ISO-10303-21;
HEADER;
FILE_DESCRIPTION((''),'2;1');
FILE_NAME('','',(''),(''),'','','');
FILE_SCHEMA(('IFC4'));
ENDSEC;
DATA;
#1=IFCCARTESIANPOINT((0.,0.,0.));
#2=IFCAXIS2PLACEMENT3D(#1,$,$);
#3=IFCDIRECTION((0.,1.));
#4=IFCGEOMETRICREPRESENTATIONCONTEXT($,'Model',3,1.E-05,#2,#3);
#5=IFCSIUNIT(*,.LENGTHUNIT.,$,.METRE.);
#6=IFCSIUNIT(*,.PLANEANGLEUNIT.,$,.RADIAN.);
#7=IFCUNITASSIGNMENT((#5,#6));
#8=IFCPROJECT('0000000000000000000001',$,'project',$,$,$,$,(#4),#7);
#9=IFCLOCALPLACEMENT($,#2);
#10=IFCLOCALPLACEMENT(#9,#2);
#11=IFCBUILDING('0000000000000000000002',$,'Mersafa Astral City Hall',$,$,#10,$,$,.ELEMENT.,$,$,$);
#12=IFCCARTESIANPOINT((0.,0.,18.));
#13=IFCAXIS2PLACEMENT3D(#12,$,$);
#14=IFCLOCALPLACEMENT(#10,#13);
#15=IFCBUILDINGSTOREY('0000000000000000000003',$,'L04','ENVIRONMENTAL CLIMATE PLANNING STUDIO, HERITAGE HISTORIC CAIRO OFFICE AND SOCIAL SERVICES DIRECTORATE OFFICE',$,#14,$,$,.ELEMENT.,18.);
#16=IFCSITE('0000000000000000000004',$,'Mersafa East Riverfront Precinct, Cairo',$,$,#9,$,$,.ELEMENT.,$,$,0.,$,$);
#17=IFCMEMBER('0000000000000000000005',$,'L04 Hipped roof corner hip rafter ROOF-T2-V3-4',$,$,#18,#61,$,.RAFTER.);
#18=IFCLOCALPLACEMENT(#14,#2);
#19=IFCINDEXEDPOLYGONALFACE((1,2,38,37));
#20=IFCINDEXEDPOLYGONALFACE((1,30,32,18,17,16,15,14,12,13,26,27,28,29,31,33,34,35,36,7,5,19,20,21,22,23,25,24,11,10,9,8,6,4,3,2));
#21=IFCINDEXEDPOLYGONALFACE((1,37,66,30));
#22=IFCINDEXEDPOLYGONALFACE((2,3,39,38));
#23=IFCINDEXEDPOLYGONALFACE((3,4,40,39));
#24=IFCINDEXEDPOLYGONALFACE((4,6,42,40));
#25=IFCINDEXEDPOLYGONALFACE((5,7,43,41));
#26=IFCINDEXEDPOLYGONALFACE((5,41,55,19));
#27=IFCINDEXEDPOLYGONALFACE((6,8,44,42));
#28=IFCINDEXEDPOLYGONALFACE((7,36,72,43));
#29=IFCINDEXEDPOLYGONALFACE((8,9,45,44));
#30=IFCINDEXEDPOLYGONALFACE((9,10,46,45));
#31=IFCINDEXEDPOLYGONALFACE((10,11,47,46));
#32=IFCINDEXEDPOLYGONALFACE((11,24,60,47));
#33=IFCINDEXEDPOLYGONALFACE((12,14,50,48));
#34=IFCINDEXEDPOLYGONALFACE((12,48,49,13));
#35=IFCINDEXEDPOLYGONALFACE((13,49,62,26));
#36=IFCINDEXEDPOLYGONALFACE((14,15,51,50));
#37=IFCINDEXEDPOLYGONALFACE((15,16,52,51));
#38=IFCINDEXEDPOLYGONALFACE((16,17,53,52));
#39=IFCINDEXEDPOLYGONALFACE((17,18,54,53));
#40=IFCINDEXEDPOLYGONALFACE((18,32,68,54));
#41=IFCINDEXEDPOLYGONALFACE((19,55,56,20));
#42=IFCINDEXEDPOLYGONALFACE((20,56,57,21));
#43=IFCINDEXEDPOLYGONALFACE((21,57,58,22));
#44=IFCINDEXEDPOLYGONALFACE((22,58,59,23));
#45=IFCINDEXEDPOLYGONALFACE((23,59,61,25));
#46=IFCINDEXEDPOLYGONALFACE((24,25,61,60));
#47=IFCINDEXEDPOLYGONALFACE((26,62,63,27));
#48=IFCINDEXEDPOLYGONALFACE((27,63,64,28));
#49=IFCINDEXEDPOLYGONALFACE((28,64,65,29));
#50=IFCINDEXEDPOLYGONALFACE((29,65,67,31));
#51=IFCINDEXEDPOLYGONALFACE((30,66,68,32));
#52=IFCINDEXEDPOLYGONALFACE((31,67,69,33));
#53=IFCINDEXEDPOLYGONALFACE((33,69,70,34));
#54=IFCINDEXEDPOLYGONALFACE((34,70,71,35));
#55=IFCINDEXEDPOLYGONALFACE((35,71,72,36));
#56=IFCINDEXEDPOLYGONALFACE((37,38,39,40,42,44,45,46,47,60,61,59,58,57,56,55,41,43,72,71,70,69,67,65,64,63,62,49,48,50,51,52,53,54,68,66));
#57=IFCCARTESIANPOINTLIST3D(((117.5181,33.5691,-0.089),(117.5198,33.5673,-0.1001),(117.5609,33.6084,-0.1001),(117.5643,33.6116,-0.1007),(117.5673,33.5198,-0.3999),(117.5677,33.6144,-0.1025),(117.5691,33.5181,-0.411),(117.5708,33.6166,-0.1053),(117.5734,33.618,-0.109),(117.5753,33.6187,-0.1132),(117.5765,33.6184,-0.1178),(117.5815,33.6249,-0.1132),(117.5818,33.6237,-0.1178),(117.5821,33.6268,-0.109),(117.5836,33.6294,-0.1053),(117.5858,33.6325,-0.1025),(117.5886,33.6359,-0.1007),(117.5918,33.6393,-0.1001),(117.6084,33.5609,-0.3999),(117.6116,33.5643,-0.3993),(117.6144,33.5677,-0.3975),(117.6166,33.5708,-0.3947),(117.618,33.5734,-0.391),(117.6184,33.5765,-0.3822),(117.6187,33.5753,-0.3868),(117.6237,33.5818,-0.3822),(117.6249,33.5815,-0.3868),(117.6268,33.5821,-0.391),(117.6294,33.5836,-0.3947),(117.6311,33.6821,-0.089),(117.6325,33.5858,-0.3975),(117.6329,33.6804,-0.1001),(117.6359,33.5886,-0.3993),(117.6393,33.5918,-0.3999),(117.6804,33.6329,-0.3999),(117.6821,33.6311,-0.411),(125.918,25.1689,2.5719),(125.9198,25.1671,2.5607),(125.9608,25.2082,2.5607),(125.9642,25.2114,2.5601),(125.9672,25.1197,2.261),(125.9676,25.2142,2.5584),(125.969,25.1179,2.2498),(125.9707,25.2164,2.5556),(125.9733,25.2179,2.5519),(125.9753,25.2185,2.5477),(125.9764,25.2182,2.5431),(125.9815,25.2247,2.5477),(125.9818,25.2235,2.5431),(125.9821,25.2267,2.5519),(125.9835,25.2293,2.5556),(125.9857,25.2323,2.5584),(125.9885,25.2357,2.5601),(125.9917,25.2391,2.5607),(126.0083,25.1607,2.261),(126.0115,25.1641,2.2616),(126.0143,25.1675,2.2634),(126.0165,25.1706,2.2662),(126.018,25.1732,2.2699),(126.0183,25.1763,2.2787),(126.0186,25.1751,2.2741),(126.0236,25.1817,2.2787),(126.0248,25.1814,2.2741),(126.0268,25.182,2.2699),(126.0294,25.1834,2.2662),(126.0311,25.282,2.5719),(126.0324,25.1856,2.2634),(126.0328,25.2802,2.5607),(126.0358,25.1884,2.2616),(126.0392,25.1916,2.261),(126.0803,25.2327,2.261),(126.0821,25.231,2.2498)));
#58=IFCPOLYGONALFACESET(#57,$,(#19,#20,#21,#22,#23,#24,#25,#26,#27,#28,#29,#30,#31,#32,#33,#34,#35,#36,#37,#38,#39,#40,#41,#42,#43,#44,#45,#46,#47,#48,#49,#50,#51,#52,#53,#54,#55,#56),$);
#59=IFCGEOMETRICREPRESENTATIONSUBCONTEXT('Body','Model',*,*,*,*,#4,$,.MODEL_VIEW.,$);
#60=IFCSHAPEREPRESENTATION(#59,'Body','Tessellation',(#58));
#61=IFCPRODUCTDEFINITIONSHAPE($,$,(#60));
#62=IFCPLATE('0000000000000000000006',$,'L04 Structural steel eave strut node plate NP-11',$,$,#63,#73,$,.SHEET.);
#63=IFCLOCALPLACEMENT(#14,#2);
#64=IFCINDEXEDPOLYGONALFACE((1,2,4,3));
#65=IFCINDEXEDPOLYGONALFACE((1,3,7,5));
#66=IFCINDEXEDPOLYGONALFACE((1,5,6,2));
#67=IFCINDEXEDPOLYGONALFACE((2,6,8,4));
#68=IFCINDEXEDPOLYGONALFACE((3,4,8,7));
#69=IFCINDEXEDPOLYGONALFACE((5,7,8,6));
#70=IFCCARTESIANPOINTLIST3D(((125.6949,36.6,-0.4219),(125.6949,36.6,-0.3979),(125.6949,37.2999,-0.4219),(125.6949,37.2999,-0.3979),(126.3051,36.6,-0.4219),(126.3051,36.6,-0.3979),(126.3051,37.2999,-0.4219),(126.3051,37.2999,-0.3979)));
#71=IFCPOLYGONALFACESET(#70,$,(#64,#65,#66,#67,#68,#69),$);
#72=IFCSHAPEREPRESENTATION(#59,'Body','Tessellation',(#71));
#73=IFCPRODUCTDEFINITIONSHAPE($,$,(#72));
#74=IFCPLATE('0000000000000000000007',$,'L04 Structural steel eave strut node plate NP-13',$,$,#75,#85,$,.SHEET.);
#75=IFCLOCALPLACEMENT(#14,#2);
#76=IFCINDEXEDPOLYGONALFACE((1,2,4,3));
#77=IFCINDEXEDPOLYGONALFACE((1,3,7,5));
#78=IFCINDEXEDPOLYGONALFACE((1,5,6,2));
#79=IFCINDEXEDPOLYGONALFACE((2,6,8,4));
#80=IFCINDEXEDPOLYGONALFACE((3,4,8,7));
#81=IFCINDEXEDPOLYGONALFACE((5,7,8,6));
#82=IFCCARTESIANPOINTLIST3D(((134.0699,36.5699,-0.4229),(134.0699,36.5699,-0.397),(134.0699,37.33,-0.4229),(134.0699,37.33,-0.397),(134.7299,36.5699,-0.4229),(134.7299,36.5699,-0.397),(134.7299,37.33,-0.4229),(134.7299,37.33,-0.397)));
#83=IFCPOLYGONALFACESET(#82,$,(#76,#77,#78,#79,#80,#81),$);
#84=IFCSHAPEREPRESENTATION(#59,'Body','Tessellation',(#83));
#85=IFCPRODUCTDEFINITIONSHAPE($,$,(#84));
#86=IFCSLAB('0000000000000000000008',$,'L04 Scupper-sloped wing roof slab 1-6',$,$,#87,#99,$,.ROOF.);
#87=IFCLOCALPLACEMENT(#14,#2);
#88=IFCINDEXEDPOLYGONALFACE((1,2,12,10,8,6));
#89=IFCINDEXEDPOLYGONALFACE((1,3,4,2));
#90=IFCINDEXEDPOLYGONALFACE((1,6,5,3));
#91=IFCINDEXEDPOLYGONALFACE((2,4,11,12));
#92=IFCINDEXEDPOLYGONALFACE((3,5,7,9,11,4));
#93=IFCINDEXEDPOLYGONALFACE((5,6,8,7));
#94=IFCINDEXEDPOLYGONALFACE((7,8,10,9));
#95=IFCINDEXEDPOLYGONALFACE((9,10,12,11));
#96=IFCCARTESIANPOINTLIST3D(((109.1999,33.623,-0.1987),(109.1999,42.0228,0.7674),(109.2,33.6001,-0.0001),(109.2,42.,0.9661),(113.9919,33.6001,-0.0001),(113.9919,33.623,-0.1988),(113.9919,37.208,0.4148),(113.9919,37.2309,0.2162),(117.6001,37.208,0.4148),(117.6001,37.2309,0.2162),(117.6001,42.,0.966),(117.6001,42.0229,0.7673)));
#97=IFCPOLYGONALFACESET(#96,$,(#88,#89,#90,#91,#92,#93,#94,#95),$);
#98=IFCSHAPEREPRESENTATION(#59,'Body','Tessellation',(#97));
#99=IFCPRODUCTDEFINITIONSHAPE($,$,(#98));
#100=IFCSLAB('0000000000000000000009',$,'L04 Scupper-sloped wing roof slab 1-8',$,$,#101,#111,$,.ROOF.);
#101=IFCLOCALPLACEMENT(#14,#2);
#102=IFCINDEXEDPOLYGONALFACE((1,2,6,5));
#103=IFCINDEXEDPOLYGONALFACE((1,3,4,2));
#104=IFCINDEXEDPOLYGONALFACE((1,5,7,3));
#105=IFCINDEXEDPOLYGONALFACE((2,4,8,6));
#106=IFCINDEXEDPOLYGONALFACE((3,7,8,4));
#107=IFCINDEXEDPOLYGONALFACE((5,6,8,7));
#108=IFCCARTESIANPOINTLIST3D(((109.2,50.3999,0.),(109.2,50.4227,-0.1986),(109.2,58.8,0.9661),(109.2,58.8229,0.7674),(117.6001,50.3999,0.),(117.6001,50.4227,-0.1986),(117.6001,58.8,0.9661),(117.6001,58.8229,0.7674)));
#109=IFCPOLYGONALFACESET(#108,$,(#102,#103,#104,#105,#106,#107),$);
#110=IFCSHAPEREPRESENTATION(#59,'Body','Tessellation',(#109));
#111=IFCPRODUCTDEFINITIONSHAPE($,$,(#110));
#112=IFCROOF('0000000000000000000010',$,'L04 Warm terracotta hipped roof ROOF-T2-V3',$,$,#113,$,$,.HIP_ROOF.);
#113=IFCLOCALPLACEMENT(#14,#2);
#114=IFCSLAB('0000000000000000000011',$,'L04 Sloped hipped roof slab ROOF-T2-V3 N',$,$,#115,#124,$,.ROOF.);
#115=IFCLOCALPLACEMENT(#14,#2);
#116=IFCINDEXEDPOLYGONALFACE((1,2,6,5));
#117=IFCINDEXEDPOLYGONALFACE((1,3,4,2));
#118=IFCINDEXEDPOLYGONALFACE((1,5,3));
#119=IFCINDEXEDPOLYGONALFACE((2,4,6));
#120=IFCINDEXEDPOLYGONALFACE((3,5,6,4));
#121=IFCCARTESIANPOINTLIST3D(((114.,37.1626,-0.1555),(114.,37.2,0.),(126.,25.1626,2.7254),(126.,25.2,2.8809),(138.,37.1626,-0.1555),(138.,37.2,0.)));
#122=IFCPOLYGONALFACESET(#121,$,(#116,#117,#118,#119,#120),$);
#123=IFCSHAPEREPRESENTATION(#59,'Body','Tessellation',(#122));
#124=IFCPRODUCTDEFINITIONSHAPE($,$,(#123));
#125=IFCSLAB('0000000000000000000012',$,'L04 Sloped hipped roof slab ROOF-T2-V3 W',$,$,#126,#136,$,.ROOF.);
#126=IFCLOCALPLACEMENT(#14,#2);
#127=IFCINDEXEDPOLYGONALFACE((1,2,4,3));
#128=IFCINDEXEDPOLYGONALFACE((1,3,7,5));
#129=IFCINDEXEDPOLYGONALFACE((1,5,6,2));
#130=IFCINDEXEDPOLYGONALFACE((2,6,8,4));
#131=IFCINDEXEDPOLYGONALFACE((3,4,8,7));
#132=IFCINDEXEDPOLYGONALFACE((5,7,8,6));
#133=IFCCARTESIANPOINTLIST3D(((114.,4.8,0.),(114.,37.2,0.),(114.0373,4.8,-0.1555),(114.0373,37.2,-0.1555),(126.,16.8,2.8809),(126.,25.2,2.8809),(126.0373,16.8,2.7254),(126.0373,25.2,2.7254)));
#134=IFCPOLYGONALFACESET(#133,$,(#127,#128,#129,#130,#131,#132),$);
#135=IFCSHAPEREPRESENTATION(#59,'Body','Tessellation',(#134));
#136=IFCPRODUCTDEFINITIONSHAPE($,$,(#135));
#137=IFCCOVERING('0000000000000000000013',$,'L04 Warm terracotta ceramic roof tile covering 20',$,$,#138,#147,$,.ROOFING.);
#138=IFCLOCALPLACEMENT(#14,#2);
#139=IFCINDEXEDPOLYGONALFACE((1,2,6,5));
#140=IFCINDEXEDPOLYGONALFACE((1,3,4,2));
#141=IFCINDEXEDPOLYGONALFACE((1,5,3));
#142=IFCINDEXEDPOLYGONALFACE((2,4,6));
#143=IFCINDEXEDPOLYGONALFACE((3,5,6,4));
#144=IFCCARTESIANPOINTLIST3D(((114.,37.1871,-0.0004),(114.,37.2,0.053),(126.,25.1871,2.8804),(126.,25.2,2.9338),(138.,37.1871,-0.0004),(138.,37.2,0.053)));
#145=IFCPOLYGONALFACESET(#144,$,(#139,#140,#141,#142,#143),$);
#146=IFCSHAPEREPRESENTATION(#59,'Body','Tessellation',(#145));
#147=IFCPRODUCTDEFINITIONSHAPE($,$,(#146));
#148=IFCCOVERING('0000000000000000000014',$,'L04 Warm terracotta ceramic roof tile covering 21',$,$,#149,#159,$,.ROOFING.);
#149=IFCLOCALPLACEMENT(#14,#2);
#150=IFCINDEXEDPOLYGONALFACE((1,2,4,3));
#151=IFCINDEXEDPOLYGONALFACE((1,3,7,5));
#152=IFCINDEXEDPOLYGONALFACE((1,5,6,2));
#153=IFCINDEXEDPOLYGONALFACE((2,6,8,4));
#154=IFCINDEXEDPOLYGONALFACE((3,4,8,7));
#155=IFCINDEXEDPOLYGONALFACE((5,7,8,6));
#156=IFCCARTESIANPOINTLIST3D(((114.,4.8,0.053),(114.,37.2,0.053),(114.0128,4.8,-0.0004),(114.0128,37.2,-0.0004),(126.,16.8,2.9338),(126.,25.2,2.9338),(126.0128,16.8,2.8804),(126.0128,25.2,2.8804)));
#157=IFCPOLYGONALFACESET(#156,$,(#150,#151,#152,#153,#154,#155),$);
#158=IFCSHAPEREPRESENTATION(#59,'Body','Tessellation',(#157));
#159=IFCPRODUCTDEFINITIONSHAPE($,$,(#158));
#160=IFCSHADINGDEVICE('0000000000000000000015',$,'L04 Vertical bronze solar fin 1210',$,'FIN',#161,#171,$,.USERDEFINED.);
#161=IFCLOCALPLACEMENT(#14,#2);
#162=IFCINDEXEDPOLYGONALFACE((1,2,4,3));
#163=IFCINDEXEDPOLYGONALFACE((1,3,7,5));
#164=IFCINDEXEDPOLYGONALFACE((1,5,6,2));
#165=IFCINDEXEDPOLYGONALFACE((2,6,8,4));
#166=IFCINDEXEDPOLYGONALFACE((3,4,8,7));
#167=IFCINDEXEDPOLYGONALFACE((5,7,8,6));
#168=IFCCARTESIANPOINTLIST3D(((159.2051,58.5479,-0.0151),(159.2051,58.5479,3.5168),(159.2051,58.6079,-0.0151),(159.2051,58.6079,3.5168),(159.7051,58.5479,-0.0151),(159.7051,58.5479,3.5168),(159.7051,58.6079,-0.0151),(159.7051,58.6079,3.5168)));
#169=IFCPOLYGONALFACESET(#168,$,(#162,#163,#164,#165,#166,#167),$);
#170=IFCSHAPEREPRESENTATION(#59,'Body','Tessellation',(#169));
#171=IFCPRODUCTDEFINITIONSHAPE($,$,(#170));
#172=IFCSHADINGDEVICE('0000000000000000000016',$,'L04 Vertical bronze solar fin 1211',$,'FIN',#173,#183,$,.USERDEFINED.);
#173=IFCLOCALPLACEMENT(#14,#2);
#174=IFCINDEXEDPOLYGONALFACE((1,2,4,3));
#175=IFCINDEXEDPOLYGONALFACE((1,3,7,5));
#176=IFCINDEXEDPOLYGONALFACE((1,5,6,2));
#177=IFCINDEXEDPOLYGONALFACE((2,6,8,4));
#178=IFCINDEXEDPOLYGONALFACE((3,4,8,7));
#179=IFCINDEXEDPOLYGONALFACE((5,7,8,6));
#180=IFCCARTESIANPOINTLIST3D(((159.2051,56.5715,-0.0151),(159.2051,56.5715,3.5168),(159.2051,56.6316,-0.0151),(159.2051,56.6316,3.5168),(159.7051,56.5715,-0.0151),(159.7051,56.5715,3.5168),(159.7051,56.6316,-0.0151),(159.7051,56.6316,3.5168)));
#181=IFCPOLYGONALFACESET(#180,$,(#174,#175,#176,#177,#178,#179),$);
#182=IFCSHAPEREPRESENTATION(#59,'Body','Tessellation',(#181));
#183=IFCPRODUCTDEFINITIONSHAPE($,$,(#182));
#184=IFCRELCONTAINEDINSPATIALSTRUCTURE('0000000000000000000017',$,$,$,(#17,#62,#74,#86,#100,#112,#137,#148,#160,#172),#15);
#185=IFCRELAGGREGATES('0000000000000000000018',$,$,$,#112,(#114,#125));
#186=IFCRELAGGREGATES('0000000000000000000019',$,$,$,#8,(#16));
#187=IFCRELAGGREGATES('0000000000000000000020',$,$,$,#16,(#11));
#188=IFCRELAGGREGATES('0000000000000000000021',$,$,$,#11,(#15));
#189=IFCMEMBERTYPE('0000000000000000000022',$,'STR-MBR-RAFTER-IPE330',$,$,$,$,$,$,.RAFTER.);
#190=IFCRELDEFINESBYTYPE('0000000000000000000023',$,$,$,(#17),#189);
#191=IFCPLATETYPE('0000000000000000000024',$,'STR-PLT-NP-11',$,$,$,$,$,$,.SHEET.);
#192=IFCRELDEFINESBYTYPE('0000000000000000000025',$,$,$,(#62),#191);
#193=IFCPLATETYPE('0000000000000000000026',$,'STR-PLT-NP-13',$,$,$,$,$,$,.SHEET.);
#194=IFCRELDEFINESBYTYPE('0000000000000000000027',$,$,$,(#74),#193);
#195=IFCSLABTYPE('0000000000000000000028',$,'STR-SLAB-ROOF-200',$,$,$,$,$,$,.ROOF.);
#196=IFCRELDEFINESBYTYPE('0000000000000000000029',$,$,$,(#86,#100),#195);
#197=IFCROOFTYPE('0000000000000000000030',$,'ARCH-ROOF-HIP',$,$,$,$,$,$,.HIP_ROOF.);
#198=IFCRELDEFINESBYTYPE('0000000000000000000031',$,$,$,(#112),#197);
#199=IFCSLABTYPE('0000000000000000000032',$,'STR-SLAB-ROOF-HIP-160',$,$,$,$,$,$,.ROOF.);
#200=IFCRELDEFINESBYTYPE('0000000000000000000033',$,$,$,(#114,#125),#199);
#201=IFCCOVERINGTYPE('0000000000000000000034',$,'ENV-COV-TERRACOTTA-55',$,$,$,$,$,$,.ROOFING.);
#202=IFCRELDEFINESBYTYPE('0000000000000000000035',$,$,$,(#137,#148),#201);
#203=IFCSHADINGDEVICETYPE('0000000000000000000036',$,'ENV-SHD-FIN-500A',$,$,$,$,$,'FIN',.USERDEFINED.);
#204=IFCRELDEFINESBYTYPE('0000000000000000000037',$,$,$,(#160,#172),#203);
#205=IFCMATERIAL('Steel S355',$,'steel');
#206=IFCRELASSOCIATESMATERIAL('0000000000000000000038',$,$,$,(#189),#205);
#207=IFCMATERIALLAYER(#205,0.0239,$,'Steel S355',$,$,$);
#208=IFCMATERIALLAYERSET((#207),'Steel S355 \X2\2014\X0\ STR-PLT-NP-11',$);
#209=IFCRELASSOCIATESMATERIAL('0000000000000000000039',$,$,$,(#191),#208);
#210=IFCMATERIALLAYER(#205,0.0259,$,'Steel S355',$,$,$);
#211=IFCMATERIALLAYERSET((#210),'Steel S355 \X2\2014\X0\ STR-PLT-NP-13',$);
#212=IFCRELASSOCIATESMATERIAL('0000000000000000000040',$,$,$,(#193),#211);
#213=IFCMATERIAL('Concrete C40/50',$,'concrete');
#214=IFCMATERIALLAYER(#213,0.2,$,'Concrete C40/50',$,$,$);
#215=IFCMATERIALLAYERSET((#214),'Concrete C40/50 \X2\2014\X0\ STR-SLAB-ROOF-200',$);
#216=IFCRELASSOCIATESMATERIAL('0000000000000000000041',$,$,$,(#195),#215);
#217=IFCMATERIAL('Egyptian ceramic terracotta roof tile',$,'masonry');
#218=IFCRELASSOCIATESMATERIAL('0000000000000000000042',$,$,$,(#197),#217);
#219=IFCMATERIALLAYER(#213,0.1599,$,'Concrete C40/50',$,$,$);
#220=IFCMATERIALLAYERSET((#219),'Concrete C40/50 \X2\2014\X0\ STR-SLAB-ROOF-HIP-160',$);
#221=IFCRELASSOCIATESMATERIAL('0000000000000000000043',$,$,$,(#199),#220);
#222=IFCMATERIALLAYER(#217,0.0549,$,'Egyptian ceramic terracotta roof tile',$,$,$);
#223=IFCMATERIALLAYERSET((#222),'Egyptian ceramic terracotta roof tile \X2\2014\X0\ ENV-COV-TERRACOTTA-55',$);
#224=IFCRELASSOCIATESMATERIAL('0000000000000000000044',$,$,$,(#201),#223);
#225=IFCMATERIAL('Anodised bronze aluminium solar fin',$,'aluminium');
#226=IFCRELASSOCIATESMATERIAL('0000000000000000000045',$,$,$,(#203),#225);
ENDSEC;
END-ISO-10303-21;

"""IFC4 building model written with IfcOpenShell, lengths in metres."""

from ifc_helpers import new_model, si_unit, direction, frame, origin, origin_2d, place, context, subcontext, project, spatial, polyline, rectangle, i_section, outline, extrude, material, layer, layer_set, material_profile, profile_set, type_object, element, aggregate, save


model = new_model("IFC4")

# Units and contexts
model_context = context("Model", 3, precision=1e-05, world=origin(), true_north=direction((0.0, 1.0)))
body_context = subcontext(model_context, "Body", "Model", "MODEL_VIEW")
ifc_project = project(units=[si_unit("LENGTHUNIT", "METRE"), si_unit("PLANEANGLEUNIT", "RADIAN")], contexts=[model_context])

# Site, building, storey
site_placement = place(None, origin())
site = spatial("IfcSite", under=ifc_project, at=site_placement, Name="Mersafa East Riverfront Precinct, Cairo", CompositionType="ELEMENT", RefElevation=0.0)
building_placement = place(site_placement, origin())
building = spatial("IfcBuilding", under=site, at=building_placement, Name="Mersafa Astral City Hall", CompositionType="ELEMENT")
storey_placement = place(building_placement, frame((0.0, 0.0, 18.0)))
storey = spatial("IfcBuildingStorey", under=building, at=storey_placement, Name="L04", Description="ENVIRONMENTAL CLIMATE PLANNING STUDIO, HERITAGE HISTORIC CAIRO OFFICE AND SOCIAL SERVICES DIRECTORATE OFFICE", CompositionType="ELEMENT", Elevation=18.0)

# Shared definitions
ifc_material_1 = material(Name="Steel S355", Category="steel")

# Member
ifc_material_profile_1 = material_profile(ifc_material_1, i_section(OverallWidth=0.1599, OverallDepth=0.3301, WebThickness=0.0076, FlangeThickness=0.0115, FilletRadius=0.0181, at=origin_2d()), Name="IPE 330")
ifc_profile_set_1 = profile_set([ifc_material_profile_1], Name="Steel S355")
member_type = type_object("IfcMemberType", Name="STR-MBR-RAFTER-IPE330", PredefinedType="RAFTER", material=ifc_profile_set_1)
for number, where, z_axis, x_axis, name in (
    (1, (117.6001, 33.6001, -0.25), (0.689999, -0.690019, 0.218575), (0.707117, 0.707097, 0.0), "L04 Hipped roof corner hip rafter ROOF-T2-V3-4"),
):
    element("IfcMember", number, at=place(storey_placement, frame(where, z_axis=z_axis, x_axis=x_axis)), inside=storey, type_object=member_type, Name=name, PredefinedType="RAFTER", context=body_context, shape_type="SweptSolid", body=[
        extrude(i_section(OverallWidth=0.1599, OverallDepth=0.3301, WebThickness=0.0076, FlangeThickness=0.0115, FilletRadius=0.0181, at=origin_2d()), origin(), (0.0, 0.0, 1.0), 12.1738),
    ])

# Plates
ifc_layer_1 = layer(ifc_material_1, 0.0239, Name="Steel S355")
ifc_layer_set_1 = layer_set([ifc_layer_1], Name="Steel S355 — STR-PLT-NP-11")
plate_type_1 = type_object("IfcPlateType", Name="STR-PLT-NP-11", PredefinedType="SHEET", material=ifc_layer_set_1)
plate_1_placement = place(storey_placement, frame((126.0, 36.95, -0.4219), z_axis=(0.0, 0.0, 1.0), x_axis=(1.0, 0.0, 0.0)))
element("IfcPlate", 2, at=plate_1_placement, inside=storey, type_object=plate_type_1, Name="L04 Structural steel eave strut node plate NP-11", PredefinedType="SHEET", context=body_context, shape_type="SweptSolid", body=[
    extrude(rectangle(XDim=0.6101, YDim=0.7, at=origin_2d()), origin(), (0.0, 0.0, 1.0), 0.0239),
])
ifc_layer_2 = layer(ifc_material_1, 0.0259, Name="Steel S355")
ifc_layer_set_2 = layer_set([ifc_layer_2], Name="Steel S355 — STR-PLT-NP-13")
plate_type_2 = type_object("IfcPlateType", Name="STR-PLT-NP-13", PredefinedType="SHEET", material=ifc_layer_set_2)
plate_2_placement = place(storey_placement, frame((134.3999, 36.95, -0.4229), z_axis=(0.0, 0.0, 1.0), x_axis=(1.0, 0.0, 0.0)))
element("IfcPlate", 3, at=plate_2_placement, inside=storey, type_object=plate_type_2, Name="L04 Structural steel eave strut node plate NP-13", PredefinedType="SHEET", context=body_context, shape_type="SweptSolid", body=[
    extrude(rectangle(XDim=0.6599, YDim=0.76, at=origin_2d()), origin(), (0.0, 0.0, 1.0), 0.0259),
])

# Slabs
ifc_material_2 = material(Name="Concrete C40/50", Category="concrete")
ifc_layer_3 = layer(ifc_material_2, 0.2, Name="Concrete C40/50")
ifc_layer_set_3 = layer_set([ifc_layer_3], Name="Concrete C40/50 — STR-SLAB-ROOF-200")
slab_type_1 = type_object("IfcSlabType", Name="STR-SLAB-ROOF-200", PredefinedType="ROOF", material=ifc_layer_set_3)
slab_1_placement = place(storey_placement, frame((117.6001, 37.208, 0.4148), z_axis=(0.000011, -0.114265, 0.99345), x_axis=(0.0, 0.99345, 0.114265)))
element("IfcSlab", 4, at=slab_1_placement, inside=storey, type_object=slab_type_1, Name="L04 Scupper-sloped wing roof slab 1-6", PredefinedType="ROOF", context=body_context, shape_type="SweptSolid", body=[
    extrude(outline(polyline([(0.0, 0.0), (4.8236, 0.0), (4.8236, 8.4001), (-3.6317, 8.4001), (-3.6317, 3.6082), (0.0, 3.6082), (0.0, 0.0)])), origin(), (0.0, 0.0, -1.0), 0.2),
])
slab_2_placement = place(storey_placement, frame((117.6001, 50.3999, 0.0), z_axis=(0.0, -0.114253, 0.993452), x_axis=(0.0, 0.993452, 0.114253)))
element("IfcSlab", 5, at=slab_2_placement, inside=storey, type_object=slab_type_1, Name="L04 Scupper-sloped wing roof slab 1-8", PredefinedType="ROOF", context=body_context, shape_type="SweptSolid", body=[
    extrude(outline(polyline([(0.0, 0.0), (8.4555, 0.0), (8.4555, 8.4001), (0.0, 8.4001), (0.0, 0.0)])), origin(), (0.0, 0.0, -1.0), 0.2),
])

# Roof, slabs
ifc_material_3 = material(Name="Egyptian ceramic terracotta roof tile", Category="masonry")
roof_type = type_object("IfcRoofType", Name="ARCH-ROOF-HIP", PredefinedType="HIP_ROOF", material=ifc_material_3)
roof_placement = place(storey_placement, origin())
roof = element("IfcRoof", 6, at=roof_placement, inside=storey, type_object=roof_type, Name="L04 Warm terracotta hipped roof ROOF-T2-V3", PredefinedType="HIP_ROOF")
ifc_layer_4 = layer(ifc_material_2, 0.1599, Name="Concrete C40/50")
ifc_layer_set_4 = layer_set([ifc_layer_4], Name="Concrete C40/50 — STR-SLAB-ROOF-HIP-160")
slab_type_2 = type_object("IfcSlabType", Name="STR-SLAB-ROOF-HIP-160", PredefinedType="ROOF", material=ifc_layer_set_4)
slab_3_placement = place(storey_placement, frame((138.0, 37.2, 0.0), z_axis=(0.0, 0.233439, 0.972371), x_axis=(-1.0, 0.0, 0.0)))
slab_3 = element("IfcSlab", 7, at=slab_3_placement, type_object=slab_type_2, Name="L04 Sloped hipped roof slab ROOF-T2-V3 N", PredefinedType="ROOF", context=body_context, shape_type="SweptSolid", body=[
    extrude(outline(polyline([(0.0, 0.0), (24.0, 0.0), (12.0, 12.341), (0.0, 0.0)])), origin(), (0.0, 0.0, -1.0), 0.1599),
])
slab_4_placement = place(storey_placement, frame((114.0, 37.2, 0.0), z_axis=(-0.233439, 0.0, 0.972371), x_axis=(0.0, -1.0, 0.0)))
slab_4 = element("IfcSlab", 8, at=slab_4_placement, type_object=slab_type_2, Name="L04 Sloped hipped roof slab ROOF-T2-V3 W", PredefinedType="ROOF", context=body_context, shape_type="SweptSolid", body=[
    extrude(outline(polyline([(0.0, 0.0), (32.3999, 0.0), (20.3999, 12.341), (12.0, 12.341), (0.0, 0.0)])), origin(), (0.0, 0.0, -1.0), 0.1599),
])
aggregate(roof, [slab_3, slab_4])

# Coverings
ifc_layer_5 = layer(ifc_material_3, 0.0549, Name="Egyptian ceramic terracotta roof tile")
ifc_layer_set_5 = layer_set([ifc_layer_5], Name="Egyptian ceramic terracotta roof tile — ENV-COV-TERRACOTTA-55")
covering_type = type_object("IfcCoveringType", Name="ENV-COV-TERRACOTTA-55", PredefinedType="ROOFING", material=ifc_layer_set_5)
covering_1_placement = place(storey_placement, frame((138.0, 37.2, 0.053), z_axis=(0.0, 0.233439, 0.972371), x_axis=(-1.0, 0.0, 0.0)))
element("IfcCovering", 9, at=covering_1_placement, inside=storey, type_object=covering_type, Name="L04 Warm terracotta ceramic roof tile covering 20", PredefinedType="ROOFING", context=body_context, shape_type="SweptSolid", body=[
    extrude(outline(polyline([(0.0, 0.0), (24.0, 0.0), (12.0, 12.341), (0.0, 0.0)])), origin(), (0.0, 0.0, -1.0), 0.0549),
])
covering_2_placement = place(storey_placement, frame((114.0, 37.2, 0.053), z_axis=(-0.233439, 0.0, 0.972371), x_axis=(0.0, -1.0, 0.0)))
element("IfcCovering", 10, at=covering_2_placement, inside=storey, type_object=covering_type, Name="L04 Warm terracotta ceramic roof tile covering 21", PredefinedType="ROOFING", context=body_context, shape_type="SweptSolid", body=[
    extrude(outline(polyline([(0.0, 0.0), (32.3999, 0.0), (20.3999, 12.341), (12.0, 12.341), (0.0, 0.0)])), origin(), (0.0, 0.0, -1.0), 0.0549),
])

# Shading devices
ifc_material_4 = material(Name="Anodised bronze aluminium solar fin", Category="aluminium")
shading_device_type = type_object("IfcShadingDeviceType", Name="ENV-SHD-FIN-500A", ElementType="FIN", PredefinedType="USERDEFINED", material=ifc_material_4)
for number, where, z_axis, x_axis, name in (
    (11, (159.4551, 58.5779, -0.0151), (0.0, 0.0, 1.0), (0.0, -1.0, 0.0), "L04 Vertical bronze solar fin 1210"),
    (12, (159.4551, 56.6016, -0.0151), (0.0, 0.0, 1.0), (0.0, -1.0, 0.0), "L04 Vertical bronze solar fin 1211"),
):
    element("IfcShadingDevice", number, at=place(storey_placement, frame(where, z_axis=z_axis, x_axis=x_axis)), inside=storey, type_object=shading_device_type, Name=name, ObjectType="FIN", PredefinedType="USERDEFINED", context=body_context, shape_type="SweptSolid", body=[
        extrude(rectangle(XDim=0.0601, YDim=0.5, at=origin_2d()), origin(), (0.0, 0.0, 1.0), 3.532),
    ])

save(model, "model.ifc")
